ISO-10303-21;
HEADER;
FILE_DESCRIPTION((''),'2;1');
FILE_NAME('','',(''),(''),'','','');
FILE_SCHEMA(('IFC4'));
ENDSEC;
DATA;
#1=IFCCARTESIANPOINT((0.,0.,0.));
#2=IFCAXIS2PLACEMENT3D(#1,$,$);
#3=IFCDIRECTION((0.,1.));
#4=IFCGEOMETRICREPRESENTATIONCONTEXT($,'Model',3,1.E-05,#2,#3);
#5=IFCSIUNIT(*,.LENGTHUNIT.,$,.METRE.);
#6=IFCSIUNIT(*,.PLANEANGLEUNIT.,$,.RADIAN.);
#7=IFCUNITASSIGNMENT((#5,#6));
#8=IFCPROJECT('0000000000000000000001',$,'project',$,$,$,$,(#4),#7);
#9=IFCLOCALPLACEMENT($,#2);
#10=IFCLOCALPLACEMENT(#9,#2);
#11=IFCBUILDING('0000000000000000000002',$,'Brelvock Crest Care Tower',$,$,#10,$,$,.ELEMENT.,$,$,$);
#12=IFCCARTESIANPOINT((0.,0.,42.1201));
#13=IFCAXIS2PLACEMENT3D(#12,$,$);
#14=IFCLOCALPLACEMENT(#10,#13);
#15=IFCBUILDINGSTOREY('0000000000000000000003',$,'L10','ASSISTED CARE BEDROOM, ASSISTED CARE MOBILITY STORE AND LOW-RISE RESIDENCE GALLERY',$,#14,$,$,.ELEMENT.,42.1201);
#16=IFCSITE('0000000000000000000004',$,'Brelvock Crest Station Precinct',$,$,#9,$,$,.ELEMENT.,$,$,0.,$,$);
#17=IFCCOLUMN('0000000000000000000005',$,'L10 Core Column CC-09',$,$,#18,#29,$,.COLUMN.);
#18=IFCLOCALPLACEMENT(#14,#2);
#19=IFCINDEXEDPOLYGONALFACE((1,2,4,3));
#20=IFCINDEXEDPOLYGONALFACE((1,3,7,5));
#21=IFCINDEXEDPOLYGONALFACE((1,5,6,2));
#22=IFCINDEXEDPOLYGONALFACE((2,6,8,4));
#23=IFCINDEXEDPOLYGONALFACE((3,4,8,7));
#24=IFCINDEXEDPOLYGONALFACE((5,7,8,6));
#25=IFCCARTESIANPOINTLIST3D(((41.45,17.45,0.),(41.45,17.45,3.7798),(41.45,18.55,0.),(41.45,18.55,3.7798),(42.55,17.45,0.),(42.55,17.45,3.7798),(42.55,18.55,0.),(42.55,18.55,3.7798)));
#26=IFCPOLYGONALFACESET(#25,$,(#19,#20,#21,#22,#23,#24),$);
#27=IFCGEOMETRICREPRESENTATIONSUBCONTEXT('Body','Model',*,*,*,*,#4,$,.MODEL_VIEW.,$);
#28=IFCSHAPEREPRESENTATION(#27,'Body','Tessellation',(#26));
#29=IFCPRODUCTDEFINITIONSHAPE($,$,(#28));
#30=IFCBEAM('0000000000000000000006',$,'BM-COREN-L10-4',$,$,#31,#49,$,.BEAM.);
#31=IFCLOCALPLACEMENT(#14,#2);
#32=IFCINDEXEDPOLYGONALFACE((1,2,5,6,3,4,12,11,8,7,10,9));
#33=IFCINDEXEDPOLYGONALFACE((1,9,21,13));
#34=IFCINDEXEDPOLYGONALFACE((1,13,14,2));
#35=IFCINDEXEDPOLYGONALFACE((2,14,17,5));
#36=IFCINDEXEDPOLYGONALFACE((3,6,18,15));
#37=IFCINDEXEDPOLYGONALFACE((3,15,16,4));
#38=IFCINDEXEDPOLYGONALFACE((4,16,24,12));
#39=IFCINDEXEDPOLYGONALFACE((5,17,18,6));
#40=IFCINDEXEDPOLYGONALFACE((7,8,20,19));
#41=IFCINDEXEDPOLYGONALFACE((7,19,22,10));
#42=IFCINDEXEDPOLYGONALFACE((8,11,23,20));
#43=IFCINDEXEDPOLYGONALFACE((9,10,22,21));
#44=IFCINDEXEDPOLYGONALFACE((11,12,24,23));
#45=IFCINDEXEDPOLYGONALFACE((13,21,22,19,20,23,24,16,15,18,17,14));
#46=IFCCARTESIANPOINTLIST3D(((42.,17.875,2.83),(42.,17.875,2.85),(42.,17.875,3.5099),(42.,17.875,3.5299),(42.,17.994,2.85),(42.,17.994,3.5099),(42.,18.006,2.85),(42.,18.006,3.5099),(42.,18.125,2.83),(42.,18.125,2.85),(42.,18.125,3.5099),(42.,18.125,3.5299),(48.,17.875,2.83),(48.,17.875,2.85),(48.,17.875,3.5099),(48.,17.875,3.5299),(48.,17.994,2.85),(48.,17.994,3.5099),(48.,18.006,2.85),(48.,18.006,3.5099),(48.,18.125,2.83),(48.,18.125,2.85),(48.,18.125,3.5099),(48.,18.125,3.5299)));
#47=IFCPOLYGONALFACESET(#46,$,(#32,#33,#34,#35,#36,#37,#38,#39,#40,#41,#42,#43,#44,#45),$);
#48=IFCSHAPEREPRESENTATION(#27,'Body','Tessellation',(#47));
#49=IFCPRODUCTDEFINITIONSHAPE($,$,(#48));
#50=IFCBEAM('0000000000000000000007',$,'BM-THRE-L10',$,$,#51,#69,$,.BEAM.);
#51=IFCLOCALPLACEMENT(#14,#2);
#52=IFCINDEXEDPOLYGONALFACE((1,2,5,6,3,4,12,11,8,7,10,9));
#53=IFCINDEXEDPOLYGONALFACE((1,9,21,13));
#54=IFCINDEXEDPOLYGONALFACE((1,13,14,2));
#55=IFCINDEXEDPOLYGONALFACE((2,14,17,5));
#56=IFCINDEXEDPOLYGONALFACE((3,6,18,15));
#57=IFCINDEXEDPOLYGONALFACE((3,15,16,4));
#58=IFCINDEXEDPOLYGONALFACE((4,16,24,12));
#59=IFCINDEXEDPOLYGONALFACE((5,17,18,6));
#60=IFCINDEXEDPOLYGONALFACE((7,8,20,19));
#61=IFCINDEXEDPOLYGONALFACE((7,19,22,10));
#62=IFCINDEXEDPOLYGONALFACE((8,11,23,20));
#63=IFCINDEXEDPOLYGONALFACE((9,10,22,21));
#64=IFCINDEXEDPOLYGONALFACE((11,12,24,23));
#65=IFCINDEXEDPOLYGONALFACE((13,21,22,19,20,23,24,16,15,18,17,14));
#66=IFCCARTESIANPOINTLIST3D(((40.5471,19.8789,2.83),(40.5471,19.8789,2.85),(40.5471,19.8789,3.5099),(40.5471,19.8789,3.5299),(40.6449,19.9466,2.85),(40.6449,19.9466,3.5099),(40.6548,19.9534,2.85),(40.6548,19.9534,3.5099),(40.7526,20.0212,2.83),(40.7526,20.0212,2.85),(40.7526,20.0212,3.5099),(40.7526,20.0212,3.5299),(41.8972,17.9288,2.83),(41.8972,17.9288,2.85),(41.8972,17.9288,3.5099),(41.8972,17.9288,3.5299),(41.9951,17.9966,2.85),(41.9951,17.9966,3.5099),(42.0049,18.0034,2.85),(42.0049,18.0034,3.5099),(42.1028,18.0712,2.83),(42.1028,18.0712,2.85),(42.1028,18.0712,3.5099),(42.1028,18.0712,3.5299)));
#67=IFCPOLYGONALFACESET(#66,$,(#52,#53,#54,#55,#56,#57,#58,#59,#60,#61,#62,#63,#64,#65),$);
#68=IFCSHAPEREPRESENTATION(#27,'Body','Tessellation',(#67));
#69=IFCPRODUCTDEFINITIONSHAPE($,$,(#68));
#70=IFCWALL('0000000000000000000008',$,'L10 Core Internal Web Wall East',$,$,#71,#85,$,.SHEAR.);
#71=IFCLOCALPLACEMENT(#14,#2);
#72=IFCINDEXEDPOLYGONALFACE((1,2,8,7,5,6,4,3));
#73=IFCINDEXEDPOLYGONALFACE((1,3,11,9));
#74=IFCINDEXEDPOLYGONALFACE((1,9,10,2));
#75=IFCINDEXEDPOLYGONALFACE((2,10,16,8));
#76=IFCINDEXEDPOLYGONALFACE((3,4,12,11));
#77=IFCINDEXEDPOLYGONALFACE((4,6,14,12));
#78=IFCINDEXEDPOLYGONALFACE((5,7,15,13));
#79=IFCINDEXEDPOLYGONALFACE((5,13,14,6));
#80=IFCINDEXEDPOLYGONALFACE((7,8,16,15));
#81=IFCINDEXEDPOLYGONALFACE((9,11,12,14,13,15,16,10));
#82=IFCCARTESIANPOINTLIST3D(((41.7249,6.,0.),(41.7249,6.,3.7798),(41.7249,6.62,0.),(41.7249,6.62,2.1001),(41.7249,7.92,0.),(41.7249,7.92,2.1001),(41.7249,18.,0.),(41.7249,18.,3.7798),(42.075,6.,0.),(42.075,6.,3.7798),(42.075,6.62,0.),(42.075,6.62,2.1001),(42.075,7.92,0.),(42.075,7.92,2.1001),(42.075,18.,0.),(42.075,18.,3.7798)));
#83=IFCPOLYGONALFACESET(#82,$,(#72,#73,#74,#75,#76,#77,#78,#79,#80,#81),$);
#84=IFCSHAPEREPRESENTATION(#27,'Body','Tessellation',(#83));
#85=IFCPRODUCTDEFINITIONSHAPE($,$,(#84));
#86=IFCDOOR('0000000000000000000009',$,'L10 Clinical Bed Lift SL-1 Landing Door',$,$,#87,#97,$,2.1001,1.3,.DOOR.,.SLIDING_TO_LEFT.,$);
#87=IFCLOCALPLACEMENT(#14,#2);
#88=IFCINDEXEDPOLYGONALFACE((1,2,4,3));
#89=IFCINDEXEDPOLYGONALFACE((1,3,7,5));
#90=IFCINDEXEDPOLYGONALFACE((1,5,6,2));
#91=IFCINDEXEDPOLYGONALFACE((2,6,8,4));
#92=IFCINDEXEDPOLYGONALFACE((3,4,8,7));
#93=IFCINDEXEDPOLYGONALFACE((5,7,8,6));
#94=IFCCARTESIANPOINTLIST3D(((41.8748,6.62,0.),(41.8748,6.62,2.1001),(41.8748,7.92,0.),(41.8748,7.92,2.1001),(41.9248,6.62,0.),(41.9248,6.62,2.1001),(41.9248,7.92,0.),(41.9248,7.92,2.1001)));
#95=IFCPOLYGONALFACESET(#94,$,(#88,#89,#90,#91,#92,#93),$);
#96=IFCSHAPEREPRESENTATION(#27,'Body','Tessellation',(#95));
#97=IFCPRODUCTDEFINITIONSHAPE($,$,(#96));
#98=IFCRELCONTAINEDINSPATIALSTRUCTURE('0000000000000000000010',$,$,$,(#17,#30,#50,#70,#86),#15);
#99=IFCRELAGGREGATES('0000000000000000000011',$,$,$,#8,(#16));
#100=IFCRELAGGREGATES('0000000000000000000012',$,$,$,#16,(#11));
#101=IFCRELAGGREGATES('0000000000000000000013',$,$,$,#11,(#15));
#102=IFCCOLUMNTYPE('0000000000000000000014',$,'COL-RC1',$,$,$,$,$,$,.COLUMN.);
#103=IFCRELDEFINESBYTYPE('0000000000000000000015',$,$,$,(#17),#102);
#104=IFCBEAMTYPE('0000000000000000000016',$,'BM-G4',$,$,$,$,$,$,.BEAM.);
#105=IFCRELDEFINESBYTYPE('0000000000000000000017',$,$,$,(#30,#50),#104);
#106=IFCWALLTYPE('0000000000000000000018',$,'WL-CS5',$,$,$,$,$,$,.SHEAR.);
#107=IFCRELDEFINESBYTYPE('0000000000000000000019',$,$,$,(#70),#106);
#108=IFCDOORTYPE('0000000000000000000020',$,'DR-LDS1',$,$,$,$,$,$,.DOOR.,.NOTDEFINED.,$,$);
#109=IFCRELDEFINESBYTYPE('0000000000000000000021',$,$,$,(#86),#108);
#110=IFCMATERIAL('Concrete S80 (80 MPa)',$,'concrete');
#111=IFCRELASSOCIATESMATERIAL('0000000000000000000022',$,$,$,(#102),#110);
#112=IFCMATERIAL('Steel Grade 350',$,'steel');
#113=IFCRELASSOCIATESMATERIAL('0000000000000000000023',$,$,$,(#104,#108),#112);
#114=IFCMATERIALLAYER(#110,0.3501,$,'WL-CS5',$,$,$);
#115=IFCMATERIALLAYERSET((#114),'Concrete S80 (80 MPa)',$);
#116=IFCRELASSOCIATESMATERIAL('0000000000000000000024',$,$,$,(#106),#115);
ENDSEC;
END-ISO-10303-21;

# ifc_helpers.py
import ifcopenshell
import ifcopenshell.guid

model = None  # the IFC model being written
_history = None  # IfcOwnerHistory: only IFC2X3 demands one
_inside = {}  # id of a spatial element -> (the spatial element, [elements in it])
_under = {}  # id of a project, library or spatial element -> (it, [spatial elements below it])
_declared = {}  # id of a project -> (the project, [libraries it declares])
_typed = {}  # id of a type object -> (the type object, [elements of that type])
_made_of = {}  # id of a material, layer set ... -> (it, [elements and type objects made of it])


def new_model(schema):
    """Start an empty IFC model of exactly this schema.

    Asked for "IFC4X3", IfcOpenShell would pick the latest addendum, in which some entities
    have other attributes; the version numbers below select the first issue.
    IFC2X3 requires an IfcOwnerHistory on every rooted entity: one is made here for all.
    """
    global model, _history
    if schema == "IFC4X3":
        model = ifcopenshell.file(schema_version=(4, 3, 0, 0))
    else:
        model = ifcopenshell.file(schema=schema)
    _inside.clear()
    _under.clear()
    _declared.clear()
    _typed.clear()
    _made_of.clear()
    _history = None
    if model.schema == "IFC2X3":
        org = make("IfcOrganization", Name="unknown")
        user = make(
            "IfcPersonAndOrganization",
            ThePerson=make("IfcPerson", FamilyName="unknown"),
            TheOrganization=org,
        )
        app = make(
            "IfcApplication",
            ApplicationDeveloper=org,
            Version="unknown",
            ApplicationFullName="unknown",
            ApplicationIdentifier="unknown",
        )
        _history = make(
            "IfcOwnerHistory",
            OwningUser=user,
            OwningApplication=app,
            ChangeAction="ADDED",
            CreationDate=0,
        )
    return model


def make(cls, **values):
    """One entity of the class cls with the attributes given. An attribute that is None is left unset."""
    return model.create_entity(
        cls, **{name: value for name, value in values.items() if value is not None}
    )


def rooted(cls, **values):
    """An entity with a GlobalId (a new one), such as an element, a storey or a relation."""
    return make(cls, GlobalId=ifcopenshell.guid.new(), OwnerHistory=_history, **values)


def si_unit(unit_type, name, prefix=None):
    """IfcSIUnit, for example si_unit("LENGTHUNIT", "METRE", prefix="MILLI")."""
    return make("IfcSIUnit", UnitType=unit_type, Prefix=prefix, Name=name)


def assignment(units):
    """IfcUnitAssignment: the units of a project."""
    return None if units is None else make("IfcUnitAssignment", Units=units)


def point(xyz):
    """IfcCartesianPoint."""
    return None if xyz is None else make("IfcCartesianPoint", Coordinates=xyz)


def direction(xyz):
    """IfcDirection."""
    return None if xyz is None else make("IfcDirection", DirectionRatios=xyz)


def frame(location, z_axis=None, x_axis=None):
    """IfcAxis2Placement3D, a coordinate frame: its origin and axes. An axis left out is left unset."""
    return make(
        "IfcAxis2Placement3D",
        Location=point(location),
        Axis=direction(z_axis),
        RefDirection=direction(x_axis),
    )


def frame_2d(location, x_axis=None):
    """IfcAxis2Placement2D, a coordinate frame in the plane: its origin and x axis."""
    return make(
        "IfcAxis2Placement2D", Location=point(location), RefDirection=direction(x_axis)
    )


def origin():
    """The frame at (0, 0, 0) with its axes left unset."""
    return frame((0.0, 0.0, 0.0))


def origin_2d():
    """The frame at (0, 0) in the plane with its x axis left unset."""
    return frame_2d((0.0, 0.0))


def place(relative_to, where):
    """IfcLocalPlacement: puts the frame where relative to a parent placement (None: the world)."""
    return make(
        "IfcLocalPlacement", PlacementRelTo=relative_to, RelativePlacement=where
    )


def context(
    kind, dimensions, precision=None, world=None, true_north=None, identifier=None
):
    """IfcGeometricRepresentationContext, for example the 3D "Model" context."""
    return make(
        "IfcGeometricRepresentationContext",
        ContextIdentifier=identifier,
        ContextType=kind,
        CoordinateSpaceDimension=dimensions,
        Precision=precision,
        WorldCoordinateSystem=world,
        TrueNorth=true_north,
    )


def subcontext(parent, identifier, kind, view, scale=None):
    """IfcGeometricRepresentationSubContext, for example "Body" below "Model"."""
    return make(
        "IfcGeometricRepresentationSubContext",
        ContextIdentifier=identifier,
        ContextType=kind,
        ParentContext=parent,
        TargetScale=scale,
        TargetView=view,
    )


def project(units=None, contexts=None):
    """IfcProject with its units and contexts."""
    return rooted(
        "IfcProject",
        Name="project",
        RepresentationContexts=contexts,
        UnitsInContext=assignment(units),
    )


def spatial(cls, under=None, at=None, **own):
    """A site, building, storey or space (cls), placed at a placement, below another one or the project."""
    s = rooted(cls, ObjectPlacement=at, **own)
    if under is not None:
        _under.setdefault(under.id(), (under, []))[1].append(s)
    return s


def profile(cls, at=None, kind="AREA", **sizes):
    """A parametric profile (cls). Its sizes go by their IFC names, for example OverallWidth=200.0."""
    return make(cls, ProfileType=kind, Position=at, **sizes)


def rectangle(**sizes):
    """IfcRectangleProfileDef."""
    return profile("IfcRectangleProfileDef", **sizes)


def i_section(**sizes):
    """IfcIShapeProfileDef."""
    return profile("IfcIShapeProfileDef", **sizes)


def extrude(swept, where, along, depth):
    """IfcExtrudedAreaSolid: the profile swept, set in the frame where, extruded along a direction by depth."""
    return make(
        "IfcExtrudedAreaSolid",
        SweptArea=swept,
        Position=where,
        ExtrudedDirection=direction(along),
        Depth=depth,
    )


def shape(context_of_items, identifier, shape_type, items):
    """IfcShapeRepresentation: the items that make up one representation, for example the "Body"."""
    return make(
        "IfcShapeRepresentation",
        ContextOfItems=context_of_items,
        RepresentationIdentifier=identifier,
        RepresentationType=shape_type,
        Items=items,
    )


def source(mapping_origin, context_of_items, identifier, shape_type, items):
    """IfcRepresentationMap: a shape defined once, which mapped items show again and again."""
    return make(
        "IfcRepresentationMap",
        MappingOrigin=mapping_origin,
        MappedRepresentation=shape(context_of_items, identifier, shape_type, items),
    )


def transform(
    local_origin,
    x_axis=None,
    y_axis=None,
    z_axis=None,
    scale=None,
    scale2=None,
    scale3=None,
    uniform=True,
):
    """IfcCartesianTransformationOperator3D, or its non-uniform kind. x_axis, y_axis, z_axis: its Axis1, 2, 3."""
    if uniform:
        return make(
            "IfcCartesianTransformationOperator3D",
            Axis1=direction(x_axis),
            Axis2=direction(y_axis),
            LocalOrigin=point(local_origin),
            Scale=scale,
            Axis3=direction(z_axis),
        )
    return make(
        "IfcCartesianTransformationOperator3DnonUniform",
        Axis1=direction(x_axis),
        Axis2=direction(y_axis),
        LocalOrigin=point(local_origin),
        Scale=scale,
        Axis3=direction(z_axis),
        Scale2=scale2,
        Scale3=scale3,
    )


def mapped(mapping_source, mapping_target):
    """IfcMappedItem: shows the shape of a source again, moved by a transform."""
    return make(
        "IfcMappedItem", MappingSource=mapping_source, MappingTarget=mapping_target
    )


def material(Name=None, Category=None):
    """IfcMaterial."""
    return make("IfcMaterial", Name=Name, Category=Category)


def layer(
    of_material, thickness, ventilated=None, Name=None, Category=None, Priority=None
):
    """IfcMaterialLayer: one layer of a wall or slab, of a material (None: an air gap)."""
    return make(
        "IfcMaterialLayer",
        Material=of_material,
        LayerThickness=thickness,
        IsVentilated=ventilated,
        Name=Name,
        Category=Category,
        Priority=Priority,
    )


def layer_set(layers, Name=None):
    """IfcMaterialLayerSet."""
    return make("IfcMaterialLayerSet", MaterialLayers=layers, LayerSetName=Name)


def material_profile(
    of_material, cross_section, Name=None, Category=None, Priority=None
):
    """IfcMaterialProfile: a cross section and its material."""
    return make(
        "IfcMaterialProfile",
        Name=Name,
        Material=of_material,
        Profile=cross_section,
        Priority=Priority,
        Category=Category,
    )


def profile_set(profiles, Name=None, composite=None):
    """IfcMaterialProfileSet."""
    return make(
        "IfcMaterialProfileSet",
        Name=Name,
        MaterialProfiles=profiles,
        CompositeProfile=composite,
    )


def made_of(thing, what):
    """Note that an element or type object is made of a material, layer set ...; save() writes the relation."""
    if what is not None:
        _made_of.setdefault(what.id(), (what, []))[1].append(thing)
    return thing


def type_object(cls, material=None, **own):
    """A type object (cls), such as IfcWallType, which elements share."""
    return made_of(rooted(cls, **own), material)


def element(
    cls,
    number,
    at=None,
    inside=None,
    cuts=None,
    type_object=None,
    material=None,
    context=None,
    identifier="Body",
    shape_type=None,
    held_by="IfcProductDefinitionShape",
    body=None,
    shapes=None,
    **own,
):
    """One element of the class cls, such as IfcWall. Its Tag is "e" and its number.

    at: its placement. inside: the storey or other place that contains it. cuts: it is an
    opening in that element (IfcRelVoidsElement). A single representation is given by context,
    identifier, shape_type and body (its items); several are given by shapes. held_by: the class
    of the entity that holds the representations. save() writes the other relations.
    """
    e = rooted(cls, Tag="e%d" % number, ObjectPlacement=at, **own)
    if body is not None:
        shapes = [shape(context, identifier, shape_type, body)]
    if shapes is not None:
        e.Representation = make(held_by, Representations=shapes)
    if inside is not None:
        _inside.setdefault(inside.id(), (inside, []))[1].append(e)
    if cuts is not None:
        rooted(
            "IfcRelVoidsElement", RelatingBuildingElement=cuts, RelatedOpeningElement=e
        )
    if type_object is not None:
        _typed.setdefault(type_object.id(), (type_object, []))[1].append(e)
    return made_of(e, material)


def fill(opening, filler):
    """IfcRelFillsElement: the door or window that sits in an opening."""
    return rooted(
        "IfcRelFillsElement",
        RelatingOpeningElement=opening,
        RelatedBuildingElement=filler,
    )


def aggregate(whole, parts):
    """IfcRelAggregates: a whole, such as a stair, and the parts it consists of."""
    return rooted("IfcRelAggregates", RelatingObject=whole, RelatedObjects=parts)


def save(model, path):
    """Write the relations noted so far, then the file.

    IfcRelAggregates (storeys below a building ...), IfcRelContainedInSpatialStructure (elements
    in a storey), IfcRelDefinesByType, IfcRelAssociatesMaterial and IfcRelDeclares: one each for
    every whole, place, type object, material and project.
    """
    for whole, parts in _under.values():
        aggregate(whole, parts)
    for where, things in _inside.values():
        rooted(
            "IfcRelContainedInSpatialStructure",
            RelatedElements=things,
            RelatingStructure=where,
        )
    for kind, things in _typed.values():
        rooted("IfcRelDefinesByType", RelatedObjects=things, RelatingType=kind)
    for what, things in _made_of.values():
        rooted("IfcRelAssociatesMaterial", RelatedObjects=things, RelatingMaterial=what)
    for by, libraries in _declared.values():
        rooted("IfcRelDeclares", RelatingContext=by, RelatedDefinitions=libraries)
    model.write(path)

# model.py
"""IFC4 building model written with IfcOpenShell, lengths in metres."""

from ifc_helpers import new_model, si_unit, direction, frame, frame_2d, origin, origin_2d, place, context, subcontext, project, spatial, rectangle, i_section, extrude, source, transform, mapped, material, layer, layer_set, material_profile, profile_set, type_object, element, fill, save


model = new_model("IFC4")

# Units and contexts
model_context = context("Model", 3, precision=1e-05, world=origin(), true_north=direction((0.0, 1.0)))
body_context = subcontext(model_context, "Body", "Model", "MODEL_VIEW")
ifc_project = project(units=[si_unit("LENGTHUNIT", "METRE"), si_unit("PLANEANGLEUNIT", "RADIAN")], contexts=[model_context])

# Site, building, storey
site_placement = place(None, origin())
site = spatial("IfcSite", under=ifc_project, at=site_placement, Name="Brelvock Crest Station Precinct", CompositionType="ELEMENT", RefElevation=0.0)
building_placement = place(site_placement, origin())
building = spatial("IfcBuilding", under=site, at=building_placement, Name="Brelvock Crest Care Tower", CompositionType="ELEMENT")
storey_placement = place(building_placement, frame((0.0, 0.0, 42.1201)))
storey = spatial("IfcBuildingStorey", under=building, at=storey_placement, Name="L10", Description="ASSISTED CARE BEDROOM, ASSISTED CARE MOBILITY STORE AND LOW-RISE RESIDENCE GALLERY", CompositionType="ELEMENT", Elevation=42.1201)

# Column
ifc_material_1 = material(Name="Concrete S80 (80 MPa)", Category="concrete")
ifc_material_profile_1 = material_profile(ifc_material_1, rectangle(XDim=1.1001, YDim=1.1001, at=origin_2d()), Name="RC1100x1100")
ifc_profile_set_1 = profile_set([ifc_material_profile_1], Name="Concrete S80 (80 MPa)")
column_type = type_object("IfcColumnType", Name="COL-RC1", PredefinedType="COLUMN", material=ifc_profile_set_1)
shared_shape_1 = source(origin(), body_context, "Body", "SweptSolid", [
    extrude(rectangle(XDim=1.1001, YDim=1.1001, at=origin_2d()), origin(), (0.0, 0.0, 1.0), 3.7798),
])
column_placement = place(storey_placement, frame((42.0, 18.0, 0.0), z_axis=(0.0, 0.0, 1.0), x_axis=(1.0, 0.0, 0.0)))
element("IfcColumn", 1, at=column_placement, inside=storey, type_object=column_type, Name="L10 Core Column CC-09", PredefinedType="COLUMN", context=body_context, shape_type="MappedRepresentation", body=[
    mapped(shared_shape_1, transform((0.0, 0.0, 0.0), x_axis=(1.0, 0.0, 0.0), y_axis=(0.0, 1.0, 0.0), z_axis=(0.0, 0.0, 1.0), scale=1.0)),
])

# Beams
ifc_material_2 = material(Name="Steel Grade 350", Category="steel")
ifc_material_profile_2 = material_profile(ifc_material_2, i_section(OverallWidth=0.25, OverallDepth=0.7, WebThickness=0.012, FlangeThickness=0.02, at=origin_2d()), Name="700WB150")
ifc_profile_set_2 = profile_set([ifc_material_profile_2], Name="Steel Grade 350")
beam_type = type_object("IfcBeamType", Name="BM-G4", PredefinedType="BEAM", material=ifc_profile_set_2)
shared_shape_2 = source(origin(), body_context, "Body", "SweptSolid", [
    extrude(i_section(OverallWidth=0.25, OverallDepth=0.7, WebThickness=0.012, FlangeThickness=0.02, at=origin_2d()), origin(), (0.0, 0.0, 1.0), 6.0),
])
beam_1_placement = place(storey_placement, frame((42.0, 18.0, 3.1799), z_axis=(1.0, 0.0, 0.0), x_axis=(0.0, 1.0, 0.0)))
element("IfcBeam", 2, at=beam_1_placement, inside=storey, type_object=beam_type, Name="BM-COREN-L10-4", PredefinedType="BEAM", context=body_context, shape_type="MappedRepresentation", body=[
    mapped(shared_shape_2, transform((0.0, 0.0, 0.0), x_axis=(1.0, 0.0, 0.0), y_axis=(0.0, 1.0, 0.0), z_axis=(0.0, 0.0, 1.0), scale=1.0)),
])
shared_shape_3 = source(origin(), body_context, "Body", "SweptSolid", [
    extrude(i_section(OverallWidth=0.25, OverallDepth=0.7, WebThickness=0.012, FlangeThickness=0.02, at=origin_2d()), origin(), (0.0, 0.0, 1.0), 2.3718),
])
beam_2_placement = place(storey_placement, frame((42.0, 18.0, 3.1799), z_axis=(-0.569247, 0.822166, 0.0), x_axis=(-0.822166, -0.569247, 0.0)))
element("IfcBeam", 3, at=beam_2_placement, inside=storey, type_object=beam_type, Name="BM-THRE-L10", PredefinedType="BEAM", context=body_context, shape_type="MappedRepresentation", body=[
    mapped(shared_shape_3, transform((0.0, 0.0, 0.0), x_axis=(1.0, 0.0, 0.0), y_axis=(0.0, 1.0, 0.0), z_axis=(0.0, 0.0, 1.0), scale=1.0)),
])

# Wall, opening, door
ifc_layer_1 = layer(ifc_material_1, 0.3501, Name="WL-CS5")
ifc_layer_set_1 = layer_set([ifc_layer_1], Name="Concrete S80 (80 MPa)")
wall_type = type_object("IfcWallType", Name="WL-CS5", PredefinedType="SHEAR", material=ifc_layer_set_1)
wall_placement = place(storey_placement, frame((41.8999, 18.0, 0.0), z_axis=(0.0, 0.0, 1.0), x_axis=(0.0, -1.0, 0.0)))
wall = element("IfcWall", 4, at=wall_placement, inside=storey, type_object=wall_type, Name="L10 Core Internal Web Wall East", PredefinedType="SHEAR", context=body_context, shape_type="SweptSolid", body=[
    extrude(rectangle(XDim=12.0, YDim=0.3501, at=frame_2d((6.0, 0.0))), origin(), (0.0, 0.0, 1.0), 3.7798),
])
opening_placement = place(wall_placement, frame((10.0801, 0.0, 0.0)))
opening = element("IfcOpeningElement", 5, at=opening_placement, cuts=wall, PredefinedType="OPENING", context=body_context, shape_type="SweptSolid", body=[
    extrude(rectangle(XDim=1.3, YDim=2.1001, at=origin_2d()), frame((0.6499, 0.1851, 1.05), z_axis=(0.0, -1.0, 0.0), x_axis=(1.0, 0.0, 0.0)), (0.0, 0.0, 1.0), 0.3701),
])
door_type = type_object("IfcDoorType", Name="DR-LDS1", OperationType="NOTDEFINED", PredefinedType="DOOR", material=ifc_material_2)
shared_shape_4 = source(origin(), body_context, "Body", "SweptSolid", [
    extrude(rectangle(XDim=1.3, YDim=2.1001, at=origin_2d()), frame((0.6499, 0.0249, 1.05), z_axis=(0.0, -1.0, 0.0), x_axis=(1.0, 0.0, 0.0)), (0.0, 0.0, 1.0), 0.05),
])
door_placement = place(opening_placement, origin())
door = element("IfcDoor", 6, at=door_placement, inside=storey, type_object=door_type, Name="L10 Clinical Bed Lift SL-1 Landing Door", OperationType="SLIDING_TO_LEFT", OverallHeight=2.1001, OverallWidth=1.3, PredefinedType="DOOR", context=body_context, shape_type="MappedRepresentation", body=[
    mapped(shared_shape_4, transform((0.0, 0.0, 0.0), x_axis=(1.0, 0.0, 0.0), y_axis=(0.0, 1.0, 0.0), z_axis=(0.0, 0.0, 1.0), scale=1.0)),
])
fill(opening, door)

save(model, "model.ifc")
